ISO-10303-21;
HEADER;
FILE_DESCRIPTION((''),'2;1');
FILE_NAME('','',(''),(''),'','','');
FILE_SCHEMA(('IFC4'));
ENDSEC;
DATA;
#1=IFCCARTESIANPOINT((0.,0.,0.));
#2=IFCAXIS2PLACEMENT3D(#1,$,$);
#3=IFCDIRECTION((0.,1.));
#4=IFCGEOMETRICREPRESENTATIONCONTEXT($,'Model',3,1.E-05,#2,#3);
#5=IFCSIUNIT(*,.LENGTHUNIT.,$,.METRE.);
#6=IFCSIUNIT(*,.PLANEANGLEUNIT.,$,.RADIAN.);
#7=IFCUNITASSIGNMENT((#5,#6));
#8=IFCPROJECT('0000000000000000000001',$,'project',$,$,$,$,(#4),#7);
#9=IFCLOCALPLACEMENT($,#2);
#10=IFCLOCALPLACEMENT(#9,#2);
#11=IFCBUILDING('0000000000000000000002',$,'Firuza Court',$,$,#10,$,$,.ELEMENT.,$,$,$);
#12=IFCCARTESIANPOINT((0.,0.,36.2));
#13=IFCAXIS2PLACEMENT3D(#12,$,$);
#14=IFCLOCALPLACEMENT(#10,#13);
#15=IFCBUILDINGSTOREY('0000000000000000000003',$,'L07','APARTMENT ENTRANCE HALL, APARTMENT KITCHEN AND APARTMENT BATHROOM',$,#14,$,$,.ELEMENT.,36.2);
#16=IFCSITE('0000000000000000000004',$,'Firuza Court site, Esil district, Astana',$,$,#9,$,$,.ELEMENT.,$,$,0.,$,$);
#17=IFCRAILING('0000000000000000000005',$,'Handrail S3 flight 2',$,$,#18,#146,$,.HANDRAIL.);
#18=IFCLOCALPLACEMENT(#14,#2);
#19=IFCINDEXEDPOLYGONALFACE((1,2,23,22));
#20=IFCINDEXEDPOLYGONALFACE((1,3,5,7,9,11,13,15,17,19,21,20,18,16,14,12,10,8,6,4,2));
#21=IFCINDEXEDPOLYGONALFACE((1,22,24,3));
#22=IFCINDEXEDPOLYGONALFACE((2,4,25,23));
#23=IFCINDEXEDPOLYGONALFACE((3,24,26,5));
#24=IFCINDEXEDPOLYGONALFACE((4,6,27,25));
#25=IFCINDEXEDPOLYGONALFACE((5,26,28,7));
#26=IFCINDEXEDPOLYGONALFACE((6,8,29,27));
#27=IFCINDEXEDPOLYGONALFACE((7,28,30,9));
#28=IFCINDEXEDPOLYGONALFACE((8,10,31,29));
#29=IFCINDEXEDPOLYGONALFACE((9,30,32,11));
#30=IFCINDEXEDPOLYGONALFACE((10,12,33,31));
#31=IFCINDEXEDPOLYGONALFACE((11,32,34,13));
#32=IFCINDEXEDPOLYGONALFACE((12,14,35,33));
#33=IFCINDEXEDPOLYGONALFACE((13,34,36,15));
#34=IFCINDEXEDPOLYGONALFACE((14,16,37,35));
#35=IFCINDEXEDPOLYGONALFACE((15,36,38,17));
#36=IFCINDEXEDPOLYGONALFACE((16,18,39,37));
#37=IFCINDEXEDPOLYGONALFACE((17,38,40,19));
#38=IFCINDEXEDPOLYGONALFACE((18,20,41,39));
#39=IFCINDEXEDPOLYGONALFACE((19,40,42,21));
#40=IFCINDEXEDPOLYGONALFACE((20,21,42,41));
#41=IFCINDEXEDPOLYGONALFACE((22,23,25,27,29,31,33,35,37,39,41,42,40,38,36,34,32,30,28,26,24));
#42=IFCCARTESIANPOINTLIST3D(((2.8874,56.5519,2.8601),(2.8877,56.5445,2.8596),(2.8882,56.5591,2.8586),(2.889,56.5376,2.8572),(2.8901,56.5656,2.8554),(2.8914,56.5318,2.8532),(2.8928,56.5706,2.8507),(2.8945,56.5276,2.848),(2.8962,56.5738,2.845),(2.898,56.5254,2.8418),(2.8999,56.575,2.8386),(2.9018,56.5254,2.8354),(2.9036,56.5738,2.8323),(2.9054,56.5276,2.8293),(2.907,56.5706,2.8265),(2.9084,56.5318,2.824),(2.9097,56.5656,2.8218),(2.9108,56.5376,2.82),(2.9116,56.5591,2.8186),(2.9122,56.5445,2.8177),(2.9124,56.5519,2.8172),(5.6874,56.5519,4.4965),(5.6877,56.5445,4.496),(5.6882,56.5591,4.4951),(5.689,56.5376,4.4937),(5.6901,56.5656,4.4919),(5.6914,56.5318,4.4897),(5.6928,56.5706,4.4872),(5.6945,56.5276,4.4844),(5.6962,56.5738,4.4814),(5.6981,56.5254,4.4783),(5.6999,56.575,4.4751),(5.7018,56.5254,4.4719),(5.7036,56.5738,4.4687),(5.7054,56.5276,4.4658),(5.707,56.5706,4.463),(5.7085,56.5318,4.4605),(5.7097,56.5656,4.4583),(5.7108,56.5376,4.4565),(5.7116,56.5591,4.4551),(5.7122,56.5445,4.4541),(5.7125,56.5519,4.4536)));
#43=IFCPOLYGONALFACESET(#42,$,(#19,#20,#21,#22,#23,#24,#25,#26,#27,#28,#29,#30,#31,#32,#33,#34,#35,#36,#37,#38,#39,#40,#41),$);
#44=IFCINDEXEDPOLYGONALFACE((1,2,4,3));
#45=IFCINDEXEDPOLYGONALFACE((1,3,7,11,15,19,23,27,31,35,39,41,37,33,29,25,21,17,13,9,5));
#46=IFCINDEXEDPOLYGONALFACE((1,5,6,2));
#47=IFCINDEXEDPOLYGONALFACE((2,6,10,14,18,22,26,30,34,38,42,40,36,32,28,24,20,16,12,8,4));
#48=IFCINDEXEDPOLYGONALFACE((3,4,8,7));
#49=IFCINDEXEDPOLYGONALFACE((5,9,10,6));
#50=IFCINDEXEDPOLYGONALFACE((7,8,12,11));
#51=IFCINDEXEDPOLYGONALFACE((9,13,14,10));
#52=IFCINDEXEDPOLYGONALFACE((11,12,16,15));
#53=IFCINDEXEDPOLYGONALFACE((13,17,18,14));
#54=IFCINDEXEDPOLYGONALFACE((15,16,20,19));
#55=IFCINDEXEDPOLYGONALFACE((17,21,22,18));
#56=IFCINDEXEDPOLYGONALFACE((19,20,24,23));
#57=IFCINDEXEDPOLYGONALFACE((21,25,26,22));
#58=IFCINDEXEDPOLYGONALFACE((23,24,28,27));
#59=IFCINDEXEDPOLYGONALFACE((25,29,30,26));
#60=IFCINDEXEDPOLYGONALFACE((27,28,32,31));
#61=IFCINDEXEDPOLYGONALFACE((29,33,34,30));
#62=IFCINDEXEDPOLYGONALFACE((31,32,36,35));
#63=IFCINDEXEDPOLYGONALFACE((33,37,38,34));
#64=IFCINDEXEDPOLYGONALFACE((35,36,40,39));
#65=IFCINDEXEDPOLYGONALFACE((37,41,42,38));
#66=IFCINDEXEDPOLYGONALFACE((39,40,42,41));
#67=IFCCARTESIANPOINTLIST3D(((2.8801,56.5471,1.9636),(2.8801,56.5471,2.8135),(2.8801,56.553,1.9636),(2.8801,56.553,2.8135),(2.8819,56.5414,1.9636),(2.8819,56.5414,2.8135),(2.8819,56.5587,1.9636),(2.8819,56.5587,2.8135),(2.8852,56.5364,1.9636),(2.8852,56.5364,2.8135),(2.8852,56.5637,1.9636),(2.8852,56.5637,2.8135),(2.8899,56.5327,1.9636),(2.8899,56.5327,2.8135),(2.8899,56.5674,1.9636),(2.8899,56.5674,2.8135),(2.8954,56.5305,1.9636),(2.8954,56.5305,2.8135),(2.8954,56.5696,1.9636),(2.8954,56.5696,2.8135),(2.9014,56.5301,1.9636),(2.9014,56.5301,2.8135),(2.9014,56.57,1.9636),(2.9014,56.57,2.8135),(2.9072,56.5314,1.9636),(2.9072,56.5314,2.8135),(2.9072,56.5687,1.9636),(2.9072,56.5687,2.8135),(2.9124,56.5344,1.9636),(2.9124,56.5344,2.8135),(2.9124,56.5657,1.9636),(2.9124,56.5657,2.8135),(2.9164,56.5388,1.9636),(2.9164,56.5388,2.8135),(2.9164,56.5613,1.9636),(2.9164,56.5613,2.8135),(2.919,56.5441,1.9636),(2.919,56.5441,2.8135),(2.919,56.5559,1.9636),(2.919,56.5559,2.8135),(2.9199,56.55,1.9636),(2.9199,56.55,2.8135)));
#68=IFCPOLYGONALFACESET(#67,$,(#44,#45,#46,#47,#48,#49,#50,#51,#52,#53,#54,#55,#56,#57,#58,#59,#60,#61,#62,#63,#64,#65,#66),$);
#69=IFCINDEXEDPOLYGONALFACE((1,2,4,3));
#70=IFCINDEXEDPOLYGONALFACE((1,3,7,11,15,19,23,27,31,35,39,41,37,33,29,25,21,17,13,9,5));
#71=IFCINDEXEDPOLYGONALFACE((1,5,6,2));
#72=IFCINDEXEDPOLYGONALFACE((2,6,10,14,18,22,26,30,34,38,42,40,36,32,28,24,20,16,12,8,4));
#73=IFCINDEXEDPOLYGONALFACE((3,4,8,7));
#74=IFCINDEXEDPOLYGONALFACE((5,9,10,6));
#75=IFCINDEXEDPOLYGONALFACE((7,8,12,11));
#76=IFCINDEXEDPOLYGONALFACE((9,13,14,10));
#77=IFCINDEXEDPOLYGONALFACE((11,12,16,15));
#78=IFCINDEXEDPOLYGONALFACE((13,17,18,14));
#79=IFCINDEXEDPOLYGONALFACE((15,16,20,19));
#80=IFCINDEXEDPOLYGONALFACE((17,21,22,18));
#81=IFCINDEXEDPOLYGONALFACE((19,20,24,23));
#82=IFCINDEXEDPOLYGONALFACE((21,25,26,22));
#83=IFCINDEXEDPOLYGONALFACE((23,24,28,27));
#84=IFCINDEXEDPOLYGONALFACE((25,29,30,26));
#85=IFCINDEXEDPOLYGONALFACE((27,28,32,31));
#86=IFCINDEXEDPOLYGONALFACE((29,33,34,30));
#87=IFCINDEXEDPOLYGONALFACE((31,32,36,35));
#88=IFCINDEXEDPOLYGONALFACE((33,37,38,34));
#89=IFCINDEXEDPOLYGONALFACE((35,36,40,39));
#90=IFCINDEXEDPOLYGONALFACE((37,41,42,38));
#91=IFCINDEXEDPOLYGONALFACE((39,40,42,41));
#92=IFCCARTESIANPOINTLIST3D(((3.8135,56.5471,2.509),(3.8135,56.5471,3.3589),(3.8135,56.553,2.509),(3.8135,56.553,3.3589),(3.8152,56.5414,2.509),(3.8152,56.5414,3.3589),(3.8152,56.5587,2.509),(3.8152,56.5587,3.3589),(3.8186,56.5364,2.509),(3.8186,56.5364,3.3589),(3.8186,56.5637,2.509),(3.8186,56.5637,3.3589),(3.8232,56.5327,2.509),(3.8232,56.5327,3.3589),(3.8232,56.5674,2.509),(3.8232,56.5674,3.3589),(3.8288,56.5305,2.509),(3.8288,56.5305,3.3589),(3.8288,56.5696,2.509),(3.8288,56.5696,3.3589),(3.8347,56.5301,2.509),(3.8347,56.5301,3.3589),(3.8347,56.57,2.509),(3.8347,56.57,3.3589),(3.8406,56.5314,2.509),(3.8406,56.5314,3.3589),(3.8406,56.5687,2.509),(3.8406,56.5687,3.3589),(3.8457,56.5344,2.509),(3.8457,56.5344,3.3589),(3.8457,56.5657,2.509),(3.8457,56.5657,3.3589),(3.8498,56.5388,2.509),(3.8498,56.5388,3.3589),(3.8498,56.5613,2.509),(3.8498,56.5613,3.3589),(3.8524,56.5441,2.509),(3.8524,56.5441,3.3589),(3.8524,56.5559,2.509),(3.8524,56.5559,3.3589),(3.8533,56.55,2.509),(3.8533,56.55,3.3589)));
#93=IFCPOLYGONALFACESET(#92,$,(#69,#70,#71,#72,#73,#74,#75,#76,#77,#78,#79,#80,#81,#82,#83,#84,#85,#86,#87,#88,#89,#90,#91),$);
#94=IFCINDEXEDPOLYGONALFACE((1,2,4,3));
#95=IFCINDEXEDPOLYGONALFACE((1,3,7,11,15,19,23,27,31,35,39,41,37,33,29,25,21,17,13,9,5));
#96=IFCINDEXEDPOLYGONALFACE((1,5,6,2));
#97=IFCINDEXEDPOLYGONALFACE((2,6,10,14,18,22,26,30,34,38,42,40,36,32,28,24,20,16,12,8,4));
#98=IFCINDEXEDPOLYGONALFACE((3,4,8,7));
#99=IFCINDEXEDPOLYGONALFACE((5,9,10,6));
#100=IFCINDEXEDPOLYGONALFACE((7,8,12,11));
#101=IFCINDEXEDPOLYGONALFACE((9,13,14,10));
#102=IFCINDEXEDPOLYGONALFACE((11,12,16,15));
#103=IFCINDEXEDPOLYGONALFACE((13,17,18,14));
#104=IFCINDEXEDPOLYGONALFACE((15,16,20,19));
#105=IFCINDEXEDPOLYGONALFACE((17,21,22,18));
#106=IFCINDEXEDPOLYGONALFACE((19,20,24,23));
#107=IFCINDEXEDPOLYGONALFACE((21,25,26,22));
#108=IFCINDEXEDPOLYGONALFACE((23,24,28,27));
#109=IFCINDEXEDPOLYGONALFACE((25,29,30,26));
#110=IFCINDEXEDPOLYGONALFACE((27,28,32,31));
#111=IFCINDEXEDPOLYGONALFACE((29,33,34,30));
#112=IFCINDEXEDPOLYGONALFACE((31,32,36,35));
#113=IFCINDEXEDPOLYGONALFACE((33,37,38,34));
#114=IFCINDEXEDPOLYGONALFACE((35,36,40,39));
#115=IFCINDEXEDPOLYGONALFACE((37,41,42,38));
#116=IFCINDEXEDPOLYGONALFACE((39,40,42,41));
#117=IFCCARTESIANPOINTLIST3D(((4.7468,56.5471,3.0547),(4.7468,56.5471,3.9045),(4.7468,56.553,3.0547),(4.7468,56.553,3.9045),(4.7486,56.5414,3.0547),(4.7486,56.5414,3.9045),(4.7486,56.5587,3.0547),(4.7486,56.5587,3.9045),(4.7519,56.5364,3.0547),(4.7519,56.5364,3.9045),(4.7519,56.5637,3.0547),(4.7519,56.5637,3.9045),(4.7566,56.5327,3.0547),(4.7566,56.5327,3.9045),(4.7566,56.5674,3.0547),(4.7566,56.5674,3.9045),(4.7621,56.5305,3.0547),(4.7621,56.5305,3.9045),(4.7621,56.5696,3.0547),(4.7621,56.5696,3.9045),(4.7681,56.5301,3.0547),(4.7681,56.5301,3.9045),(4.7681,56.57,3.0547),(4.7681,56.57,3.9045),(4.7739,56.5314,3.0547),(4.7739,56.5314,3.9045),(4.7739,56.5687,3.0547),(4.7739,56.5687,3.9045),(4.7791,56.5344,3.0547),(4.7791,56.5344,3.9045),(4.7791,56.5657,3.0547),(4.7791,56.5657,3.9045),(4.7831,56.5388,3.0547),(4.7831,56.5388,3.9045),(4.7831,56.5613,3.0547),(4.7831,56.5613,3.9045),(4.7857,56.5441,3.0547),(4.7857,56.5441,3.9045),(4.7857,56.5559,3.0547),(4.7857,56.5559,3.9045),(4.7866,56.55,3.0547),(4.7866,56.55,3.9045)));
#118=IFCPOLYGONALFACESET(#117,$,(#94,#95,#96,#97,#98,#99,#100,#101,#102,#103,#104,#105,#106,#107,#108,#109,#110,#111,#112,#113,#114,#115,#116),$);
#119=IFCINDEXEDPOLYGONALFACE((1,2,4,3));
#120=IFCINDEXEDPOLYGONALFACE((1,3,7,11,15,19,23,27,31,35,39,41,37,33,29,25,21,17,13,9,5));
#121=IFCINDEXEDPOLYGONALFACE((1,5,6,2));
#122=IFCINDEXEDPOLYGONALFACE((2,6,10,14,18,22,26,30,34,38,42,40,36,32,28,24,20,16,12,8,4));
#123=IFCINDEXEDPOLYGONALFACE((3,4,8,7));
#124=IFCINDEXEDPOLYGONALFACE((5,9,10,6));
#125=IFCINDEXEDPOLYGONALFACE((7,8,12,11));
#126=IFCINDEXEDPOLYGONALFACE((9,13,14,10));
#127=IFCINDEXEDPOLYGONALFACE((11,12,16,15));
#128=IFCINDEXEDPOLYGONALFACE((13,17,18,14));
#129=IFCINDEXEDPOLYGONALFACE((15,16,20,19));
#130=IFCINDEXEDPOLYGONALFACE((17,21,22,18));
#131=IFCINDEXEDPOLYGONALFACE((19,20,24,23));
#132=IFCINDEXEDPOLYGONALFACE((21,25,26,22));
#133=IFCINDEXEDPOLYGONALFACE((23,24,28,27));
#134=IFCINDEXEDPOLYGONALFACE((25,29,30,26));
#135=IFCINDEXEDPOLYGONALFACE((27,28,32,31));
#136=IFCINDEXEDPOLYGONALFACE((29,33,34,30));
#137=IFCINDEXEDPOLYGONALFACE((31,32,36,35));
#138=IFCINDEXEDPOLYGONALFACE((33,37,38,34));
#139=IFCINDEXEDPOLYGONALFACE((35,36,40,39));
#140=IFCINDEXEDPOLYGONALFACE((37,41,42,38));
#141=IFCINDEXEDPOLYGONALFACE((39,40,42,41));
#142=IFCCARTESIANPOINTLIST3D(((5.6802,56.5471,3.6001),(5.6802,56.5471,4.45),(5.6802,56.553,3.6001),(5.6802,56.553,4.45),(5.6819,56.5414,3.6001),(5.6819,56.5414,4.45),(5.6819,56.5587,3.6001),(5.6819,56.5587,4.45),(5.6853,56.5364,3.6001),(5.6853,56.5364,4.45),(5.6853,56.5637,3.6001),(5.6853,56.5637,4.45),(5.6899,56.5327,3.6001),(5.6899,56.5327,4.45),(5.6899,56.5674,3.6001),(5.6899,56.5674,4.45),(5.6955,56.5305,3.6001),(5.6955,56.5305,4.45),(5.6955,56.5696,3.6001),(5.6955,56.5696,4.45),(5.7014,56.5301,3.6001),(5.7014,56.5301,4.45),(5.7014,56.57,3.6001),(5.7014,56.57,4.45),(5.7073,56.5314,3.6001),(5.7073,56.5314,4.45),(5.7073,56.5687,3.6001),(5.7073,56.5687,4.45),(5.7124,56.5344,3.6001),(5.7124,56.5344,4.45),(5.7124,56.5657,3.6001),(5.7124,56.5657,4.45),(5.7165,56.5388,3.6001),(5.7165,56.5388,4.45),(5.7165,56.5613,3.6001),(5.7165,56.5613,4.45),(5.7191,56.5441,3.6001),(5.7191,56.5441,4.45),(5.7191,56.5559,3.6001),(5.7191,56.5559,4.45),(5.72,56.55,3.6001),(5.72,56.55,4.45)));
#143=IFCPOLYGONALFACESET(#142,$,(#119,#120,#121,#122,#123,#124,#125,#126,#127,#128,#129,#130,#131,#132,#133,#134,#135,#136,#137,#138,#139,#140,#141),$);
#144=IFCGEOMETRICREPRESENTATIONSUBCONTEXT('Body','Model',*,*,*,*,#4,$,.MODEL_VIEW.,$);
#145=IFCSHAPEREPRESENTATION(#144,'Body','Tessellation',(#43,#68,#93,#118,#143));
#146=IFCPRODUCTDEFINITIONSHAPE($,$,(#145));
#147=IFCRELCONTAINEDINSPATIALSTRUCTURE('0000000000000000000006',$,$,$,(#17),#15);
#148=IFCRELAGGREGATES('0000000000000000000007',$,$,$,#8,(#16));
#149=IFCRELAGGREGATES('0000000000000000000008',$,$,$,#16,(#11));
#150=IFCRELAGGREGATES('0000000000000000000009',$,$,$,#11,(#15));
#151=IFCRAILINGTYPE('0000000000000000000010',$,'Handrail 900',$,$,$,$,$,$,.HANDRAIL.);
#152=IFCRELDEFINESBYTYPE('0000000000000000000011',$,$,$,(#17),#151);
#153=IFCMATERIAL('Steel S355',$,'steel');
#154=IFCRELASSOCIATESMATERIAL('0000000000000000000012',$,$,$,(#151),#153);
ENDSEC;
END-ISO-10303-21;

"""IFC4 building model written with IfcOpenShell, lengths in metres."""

from ifc_helpers import new_model, si_unit, direction, frame, origin, origin_2d, place, context, subcontext, project, spatial, circle, extrude, material, type_object, element, save


model = new_model("IFC4")

# Units and contexts
model_context = context("Model", 3, precision=1e-05, world=origin(), true_north=direction((0.0, 1.0)))
body_context = subcontext(model_context, "Body", "Model", "MODEL_VIEW")
ifc_project = project(units=[si_unit("LENGTHUNIT", "METRE"), si_unit("PLANEANGLEUNIT", "RADIAN")], contexts=[model_context])

# Site, building, storey
site_placement = place(None, origin())
site = spatial("IfcSite", under=ifc_project, at=site_placement, Name="Firuza Court site, Esil district, Astana", CompositionType="ELEMENT", RefElevation=0.0)
building_placement = place(site_placement, origin())
building = spatial("IfcBuilding", under=site, at=building_placement, Name="Firuza Court", CompositionType="ELEMENT")
storey_placement = place(building_placement, frame((0.0, 0.0, 36.2)))
storey = spatial("IfcBuildingStorey", under=building, at=storey_placement, Name="L07", Description="APARTMENT ENTRANCE HALL, APARTMENT KITCHEN AND APARTMENT BATHROOM", CompositionType="ELEMENT", Elevation=36.2)

# Railing
ifc_material_1 = material(Name="Steel S355", Category="steel")
railing_type_1 = type_object("IfcRailingType", Name="Handrail 900", PredefinedType="HANDRAIL", material=ifc_material_1)
railing_1_placement = place(storey_placement, frame((2.8999, 56.55, 1.9636)))
element("IfcRailing", 1, at=railing_1_placement, inside=storey, type_object=railing_type_1, Name="Handrail S3 flight 2", PredefinedType="HANDRAIL", context=body_context, shape_type="SweptSolid", body=[
    extrude(circle(Radius=0.0249, at=origin_2d()), frame((0.0, 0.0, 0.875), z_axis=(0.863361, 0.0, 0.504587), x_axis=(0.0, 1.0, 0.0)), (0.0, 0.0, 1.0), 3.2432),
    extrude(circle(Radius=0.02, at=origin_2d()), origin(), (0.0, 0.0, 1.0), 0.8499),
    extrude(circle(Radius=0.02, at=origin_2d()), frame((0.9333, 0.0, 0.5454)), (0.0, 0.0, 1.0), 0.8499),
    extrude(circle(Radius=0.02, at=origin_2d()), frame((1.8667, 0.0, 1.0911)), (0.0, 0.0, 1.0), 0.8499),
    extrude(circle(Radius=0.02, at=origin_2d()), frame((2.8, 0.0, 1.6365)), (0.0, 0.0, 1.0), 0.8499),
])

save(model, "model.ifc")
